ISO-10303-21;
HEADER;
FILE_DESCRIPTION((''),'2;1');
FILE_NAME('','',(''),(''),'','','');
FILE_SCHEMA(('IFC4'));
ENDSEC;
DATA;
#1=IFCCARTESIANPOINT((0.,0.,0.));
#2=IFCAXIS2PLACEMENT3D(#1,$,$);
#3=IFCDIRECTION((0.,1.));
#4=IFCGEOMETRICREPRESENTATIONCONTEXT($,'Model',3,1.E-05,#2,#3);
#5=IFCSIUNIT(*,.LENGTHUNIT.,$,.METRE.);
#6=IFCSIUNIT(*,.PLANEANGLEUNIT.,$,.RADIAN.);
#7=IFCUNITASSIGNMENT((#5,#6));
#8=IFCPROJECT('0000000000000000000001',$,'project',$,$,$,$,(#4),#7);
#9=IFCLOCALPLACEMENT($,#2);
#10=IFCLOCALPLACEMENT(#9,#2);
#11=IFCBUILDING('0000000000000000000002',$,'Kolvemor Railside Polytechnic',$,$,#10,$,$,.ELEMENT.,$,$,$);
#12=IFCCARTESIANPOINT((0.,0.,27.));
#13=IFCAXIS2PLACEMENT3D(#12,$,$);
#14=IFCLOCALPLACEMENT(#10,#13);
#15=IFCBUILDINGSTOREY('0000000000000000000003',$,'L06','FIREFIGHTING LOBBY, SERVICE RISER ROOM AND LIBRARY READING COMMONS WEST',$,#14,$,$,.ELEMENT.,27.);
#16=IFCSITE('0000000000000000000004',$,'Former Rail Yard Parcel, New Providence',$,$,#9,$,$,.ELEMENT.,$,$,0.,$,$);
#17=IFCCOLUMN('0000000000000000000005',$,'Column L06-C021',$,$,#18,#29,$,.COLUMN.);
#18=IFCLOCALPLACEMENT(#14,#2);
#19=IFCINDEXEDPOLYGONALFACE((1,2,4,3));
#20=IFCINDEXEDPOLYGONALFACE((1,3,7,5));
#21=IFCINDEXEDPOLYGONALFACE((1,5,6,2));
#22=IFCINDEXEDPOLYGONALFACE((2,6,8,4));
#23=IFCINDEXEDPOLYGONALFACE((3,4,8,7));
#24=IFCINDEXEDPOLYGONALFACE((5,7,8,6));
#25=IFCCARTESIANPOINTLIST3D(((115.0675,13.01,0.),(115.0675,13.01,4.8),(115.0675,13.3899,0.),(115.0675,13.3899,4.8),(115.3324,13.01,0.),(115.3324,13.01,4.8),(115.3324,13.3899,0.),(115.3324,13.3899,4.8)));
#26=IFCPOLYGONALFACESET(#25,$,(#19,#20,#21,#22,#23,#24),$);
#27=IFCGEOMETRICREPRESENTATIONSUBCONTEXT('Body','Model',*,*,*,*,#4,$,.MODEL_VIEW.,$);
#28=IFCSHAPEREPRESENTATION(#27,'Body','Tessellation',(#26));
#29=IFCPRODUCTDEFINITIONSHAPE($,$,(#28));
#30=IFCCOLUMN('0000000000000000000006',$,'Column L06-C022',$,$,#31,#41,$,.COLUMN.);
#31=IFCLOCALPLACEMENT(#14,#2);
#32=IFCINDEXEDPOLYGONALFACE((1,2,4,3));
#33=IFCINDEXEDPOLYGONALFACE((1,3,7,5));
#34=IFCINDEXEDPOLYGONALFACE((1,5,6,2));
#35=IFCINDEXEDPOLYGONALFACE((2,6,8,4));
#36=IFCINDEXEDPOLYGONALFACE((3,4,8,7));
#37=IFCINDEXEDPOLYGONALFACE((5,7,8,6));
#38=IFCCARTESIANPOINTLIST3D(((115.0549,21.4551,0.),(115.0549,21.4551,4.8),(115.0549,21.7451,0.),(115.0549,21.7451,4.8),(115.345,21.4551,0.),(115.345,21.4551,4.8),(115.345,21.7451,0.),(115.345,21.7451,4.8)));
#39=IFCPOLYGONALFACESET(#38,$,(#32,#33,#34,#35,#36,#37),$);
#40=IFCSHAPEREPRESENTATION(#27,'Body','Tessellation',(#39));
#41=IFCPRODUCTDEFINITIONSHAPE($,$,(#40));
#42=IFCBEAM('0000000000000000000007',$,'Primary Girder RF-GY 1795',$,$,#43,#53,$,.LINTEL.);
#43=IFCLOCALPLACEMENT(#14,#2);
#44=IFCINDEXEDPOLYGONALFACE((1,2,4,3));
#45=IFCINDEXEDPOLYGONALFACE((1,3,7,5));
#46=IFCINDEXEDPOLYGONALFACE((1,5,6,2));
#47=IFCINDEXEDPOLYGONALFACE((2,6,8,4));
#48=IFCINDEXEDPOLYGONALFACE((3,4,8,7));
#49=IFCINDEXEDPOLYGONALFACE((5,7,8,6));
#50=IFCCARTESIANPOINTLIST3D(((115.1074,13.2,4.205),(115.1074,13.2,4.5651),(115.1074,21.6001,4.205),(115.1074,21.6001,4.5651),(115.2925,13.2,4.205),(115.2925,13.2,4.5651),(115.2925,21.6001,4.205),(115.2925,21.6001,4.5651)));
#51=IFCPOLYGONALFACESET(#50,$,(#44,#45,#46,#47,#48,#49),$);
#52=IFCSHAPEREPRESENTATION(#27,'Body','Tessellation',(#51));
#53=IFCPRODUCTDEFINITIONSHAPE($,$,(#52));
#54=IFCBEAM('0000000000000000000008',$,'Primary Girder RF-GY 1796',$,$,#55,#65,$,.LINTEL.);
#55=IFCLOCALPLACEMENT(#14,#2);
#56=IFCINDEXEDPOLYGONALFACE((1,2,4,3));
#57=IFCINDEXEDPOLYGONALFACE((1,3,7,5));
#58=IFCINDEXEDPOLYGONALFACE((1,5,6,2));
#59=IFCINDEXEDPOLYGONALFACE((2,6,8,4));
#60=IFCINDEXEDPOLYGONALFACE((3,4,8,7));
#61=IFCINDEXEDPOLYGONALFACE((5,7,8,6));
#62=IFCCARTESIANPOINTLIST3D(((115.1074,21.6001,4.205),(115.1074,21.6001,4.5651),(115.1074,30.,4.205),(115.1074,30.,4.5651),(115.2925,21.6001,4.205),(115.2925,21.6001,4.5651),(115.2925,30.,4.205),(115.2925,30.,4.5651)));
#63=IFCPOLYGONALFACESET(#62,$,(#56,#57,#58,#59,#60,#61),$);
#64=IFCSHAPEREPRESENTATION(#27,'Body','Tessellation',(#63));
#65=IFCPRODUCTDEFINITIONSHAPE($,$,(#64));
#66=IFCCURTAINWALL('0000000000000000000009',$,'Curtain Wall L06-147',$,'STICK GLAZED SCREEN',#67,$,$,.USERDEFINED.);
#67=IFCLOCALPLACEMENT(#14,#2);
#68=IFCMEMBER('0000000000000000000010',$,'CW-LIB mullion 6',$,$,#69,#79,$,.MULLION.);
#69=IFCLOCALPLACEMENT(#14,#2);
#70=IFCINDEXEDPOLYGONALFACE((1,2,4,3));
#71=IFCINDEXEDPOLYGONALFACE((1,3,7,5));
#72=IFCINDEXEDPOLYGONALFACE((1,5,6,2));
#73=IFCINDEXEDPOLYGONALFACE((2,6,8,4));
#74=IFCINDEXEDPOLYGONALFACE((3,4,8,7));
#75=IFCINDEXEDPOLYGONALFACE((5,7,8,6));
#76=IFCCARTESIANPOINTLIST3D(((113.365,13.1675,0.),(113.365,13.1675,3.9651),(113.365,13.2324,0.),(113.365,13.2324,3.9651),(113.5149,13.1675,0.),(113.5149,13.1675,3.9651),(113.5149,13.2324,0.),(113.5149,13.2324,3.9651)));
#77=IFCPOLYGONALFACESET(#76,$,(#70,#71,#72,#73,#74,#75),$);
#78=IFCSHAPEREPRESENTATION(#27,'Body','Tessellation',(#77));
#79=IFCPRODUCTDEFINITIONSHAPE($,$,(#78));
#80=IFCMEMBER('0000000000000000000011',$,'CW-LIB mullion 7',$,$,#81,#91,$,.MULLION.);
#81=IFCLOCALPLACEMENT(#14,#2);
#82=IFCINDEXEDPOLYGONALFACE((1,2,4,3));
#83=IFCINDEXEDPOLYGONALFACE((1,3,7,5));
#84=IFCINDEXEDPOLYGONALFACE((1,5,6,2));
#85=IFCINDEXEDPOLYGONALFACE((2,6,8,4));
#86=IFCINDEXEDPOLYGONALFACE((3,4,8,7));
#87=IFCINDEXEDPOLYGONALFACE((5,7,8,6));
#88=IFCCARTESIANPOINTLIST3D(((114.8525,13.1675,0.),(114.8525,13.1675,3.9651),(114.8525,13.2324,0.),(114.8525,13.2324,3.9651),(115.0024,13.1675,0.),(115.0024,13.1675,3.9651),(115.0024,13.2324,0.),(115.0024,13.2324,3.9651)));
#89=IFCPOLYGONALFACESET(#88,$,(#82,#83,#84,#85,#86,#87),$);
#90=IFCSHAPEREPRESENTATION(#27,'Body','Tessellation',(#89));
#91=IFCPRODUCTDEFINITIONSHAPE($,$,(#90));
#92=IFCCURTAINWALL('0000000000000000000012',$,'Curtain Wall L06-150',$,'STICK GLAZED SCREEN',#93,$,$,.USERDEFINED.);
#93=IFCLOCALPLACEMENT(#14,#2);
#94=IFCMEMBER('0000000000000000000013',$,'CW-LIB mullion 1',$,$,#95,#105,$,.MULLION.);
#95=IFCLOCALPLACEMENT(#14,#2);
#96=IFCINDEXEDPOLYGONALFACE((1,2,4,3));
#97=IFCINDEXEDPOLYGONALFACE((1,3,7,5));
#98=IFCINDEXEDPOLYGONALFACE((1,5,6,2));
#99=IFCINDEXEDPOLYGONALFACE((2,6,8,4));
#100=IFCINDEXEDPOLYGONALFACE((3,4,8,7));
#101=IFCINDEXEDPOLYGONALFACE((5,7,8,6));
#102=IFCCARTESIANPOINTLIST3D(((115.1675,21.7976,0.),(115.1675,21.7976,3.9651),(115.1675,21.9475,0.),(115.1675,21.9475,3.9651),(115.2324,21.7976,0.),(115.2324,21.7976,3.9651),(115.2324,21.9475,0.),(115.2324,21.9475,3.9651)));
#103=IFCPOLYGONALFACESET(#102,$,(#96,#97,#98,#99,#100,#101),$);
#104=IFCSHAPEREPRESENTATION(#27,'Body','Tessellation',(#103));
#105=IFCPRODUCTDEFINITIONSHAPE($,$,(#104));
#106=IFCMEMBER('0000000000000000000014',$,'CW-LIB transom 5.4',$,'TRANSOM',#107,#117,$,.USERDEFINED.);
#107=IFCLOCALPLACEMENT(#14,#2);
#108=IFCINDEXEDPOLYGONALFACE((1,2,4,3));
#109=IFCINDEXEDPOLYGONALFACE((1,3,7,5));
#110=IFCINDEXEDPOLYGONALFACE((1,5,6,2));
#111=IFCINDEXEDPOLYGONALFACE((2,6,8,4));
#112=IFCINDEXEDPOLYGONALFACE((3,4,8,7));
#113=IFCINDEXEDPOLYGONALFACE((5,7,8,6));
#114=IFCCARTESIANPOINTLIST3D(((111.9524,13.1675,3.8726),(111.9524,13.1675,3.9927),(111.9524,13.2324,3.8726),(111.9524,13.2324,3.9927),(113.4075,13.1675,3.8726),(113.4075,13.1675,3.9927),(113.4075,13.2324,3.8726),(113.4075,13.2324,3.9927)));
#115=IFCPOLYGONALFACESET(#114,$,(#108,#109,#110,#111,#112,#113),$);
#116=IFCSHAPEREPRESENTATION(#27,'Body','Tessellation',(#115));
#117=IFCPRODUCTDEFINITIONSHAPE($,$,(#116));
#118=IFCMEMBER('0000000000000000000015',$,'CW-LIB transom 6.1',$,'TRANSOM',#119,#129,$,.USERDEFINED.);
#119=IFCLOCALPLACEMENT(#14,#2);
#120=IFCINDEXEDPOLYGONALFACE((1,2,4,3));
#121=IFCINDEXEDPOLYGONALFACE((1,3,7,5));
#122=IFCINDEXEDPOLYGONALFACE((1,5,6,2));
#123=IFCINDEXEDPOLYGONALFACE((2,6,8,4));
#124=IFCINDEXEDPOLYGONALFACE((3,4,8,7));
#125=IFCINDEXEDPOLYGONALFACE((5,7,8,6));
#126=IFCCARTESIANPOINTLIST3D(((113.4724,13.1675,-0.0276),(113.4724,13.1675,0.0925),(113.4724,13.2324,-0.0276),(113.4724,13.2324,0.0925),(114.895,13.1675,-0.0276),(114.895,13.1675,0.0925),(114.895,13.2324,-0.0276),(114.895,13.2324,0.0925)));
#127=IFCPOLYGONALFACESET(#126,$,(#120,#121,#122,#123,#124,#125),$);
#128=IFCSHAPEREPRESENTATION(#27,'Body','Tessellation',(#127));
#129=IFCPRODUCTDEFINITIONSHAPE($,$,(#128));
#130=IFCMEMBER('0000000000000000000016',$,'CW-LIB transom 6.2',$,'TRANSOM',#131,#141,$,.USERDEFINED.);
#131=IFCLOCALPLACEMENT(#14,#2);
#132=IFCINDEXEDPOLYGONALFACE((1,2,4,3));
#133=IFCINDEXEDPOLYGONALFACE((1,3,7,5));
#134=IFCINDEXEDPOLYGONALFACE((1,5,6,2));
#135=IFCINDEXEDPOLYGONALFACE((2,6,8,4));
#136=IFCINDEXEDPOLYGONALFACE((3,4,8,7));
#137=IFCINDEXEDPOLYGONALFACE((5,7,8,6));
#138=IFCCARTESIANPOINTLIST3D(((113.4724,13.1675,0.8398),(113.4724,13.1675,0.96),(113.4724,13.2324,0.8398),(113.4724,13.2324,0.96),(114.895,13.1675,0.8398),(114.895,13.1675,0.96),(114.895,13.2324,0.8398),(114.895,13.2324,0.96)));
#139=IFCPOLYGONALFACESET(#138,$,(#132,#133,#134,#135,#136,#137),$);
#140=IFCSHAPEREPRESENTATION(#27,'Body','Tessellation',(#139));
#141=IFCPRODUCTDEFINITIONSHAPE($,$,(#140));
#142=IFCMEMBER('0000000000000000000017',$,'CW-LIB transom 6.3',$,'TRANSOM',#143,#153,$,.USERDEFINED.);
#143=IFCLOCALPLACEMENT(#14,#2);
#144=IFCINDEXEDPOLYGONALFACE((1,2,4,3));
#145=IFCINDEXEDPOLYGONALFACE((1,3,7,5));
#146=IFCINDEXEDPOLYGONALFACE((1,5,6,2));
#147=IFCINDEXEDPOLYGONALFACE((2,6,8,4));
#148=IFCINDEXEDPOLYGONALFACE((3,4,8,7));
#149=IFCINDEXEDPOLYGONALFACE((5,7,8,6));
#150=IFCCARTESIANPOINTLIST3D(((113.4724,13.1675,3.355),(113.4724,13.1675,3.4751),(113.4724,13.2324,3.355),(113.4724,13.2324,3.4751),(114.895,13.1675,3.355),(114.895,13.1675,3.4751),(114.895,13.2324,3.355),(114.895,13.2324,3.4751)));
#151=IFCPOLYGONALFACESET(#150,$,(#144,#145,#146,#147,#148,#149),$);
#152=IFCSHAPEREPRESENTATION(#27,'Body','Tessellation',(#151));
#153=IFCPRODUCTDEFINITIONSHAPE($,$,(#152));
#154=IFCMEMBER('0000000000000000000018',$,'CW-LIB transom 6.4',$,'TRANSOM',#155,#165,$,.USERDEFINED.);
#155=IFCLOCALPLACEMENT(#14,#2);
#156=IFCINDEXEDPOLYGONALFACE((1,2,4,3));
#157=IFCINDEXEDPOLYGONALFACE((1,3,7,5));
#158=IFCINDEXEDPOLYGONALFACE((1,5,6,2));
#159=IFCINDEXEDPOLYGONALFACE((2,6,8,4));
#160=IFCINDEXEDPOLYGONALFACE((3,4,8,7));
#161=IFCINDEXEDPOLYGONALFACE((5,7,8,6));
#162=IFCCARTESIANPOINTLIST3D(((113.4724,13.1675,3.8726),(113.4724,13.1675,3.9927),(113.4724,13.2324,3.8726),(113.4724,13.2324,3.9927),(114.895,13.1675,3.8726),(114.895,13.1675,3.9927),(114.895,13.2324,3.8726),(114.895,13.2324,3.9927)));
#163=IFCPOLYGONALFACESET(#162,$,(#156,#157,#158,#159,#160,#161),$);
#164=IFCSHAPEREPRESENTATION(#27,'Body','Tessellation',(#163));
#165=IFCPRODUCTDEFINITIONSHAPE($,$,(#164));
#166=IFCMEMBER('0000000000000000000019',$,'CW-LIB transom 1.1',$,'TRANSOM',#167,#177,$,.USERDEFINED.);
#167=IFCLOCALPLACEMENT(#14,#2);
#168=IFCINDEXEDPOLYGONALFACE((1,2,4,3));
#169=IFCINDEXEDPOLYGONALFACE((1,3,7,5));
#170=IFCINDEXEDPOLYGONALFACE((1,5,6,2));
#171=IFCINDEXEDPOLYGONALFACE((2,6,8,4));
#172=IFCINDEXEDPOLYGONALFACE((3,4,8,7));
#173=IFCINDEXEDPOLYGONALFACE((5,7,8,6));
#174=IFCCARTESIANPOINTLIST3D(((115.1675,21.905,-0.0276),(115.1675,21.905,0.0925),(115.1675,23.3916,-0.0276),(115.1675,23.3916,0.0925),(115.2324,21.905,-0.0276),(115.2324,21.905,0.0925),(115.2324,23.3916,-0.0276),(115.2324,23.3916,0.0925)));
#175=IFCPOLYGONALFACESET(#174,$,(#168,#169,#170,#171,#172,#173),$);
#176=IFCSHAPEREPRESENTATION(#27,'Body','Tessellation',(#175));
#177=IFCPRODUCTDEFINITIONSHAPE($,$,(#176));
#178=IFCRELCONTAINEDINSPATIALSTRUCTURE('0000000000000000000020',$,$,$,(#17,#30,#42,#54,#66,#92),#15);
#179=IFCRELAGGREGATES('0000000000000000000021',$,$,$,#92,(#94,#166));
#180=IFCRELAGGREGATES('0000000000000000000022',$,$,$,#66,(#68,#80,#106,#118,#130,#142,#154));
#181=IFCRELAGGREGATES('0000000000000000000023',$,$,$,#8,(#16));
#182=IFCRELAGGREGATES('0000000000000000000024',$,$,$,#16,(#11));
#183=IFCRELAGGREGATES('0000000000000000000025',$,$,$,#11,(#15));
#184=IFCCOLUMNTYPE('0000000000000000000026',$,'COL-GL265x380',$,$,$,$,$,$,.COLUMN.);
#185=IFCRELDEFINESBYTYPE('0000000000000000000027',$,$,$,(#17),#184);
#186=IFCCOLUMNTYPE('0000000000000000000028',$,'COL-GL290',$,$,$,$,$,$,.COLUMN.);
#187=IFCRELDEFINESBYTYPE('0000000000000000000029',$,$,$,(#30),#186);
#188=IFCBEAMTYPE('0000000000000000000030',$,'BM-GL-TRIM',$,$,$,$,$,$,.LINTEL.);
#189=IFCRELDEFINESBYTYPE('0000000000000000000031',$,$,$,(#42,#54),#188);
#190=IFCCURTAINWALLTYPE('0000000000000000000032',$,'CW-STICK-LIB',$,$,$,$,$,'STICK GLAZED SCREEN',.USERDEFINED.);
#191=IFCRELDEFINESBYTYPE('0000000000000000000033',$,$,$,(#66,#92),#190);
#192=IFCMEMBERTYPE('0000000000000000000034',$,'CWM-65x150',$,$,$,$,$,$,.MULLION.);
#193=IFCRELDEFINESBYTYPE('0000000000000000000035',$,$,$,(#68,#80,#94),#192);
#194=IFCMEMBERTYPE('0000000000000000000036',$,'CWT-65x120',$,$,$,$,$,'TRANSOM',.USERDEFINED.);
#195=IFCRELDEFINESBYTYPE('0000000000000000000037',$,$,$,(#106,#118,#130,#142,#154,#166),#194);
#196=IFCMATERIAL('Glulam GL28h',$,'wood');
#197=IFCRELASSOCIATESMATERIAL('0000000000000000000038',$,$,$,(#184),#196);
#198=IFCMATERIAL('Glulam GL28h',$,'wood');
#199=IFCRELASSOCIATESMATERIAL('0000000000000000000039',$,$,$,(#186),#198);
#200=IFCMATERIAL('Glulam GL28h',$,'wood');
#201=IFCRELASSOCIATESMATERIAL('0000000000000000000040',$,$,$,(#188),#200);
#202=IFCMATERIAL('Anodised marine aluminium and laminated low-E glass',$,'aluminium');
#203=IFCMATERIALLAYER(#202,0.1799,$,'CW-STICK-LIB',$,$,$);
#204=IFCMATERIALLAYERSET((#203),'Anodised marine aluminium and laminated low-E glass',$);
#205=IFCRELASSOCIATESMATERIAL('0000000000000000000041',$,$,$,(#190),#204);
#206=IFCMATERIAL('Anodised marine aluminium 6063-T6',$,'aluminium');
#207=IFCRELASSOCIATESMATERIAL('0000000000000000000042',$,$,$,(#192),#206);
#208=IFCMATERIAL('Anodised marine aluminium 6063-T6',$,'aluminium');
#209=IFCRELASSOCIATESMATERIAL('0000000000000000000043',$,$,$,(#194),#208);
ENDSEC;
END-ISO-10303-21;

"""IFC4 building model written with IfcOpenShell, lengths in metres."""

from ifc_helpers import new_model, si_unit, direction, frame, origin, origin_2d, place, context, subcontext, project, spatial, rectangle, extrude, material, layer, layer_set, material_profile, profile_set, type_object, element, aggregate, save


model = new_model("IFC4")

# Units and contexts
model_context = context("Model", 3, precision=1e-05, world=origin(), true_north=direction((0.0, 1.0)))
body_context = subcontext(model_context, "Body", "Model", "MODEL_VIEW")
ifc_project = project(units=[si_unit("LENGTHUNIT", "METRE"), si_unit("PLANEANGLEUNIT", "RADIAN")], contexts=[model_context])

# Site, building, storey
site_placement = place(None, origin())
site = spatial("IfcSite", under=ifc_project, at=site_placement, Name="Former Rail Yard Parcel, New Providence", CompositionType="ELEMENT", RefElevation=0.0)
building_placement = place(site_placement, origin())
building = spatial("IfcBuilding", under=site, at=building_placement, Name="Kolvemor Railside Polytechnic", CompositionType="ELEMENT")
storey_placement = place(building_placement, frame((0.0, 0.0, 27.0)))
storey = spatial("IfcBuildingStorey", under=building, at=storey_placement, Name="L06", Description="FIREFIGHTING LOBBY, SERVICE RISER ROOM AND LIBRARY READING COMMONS WEST", CompositionType="ELEMENT", Elevation=27.0)

# Columns
ifc_material_1 = material(Name="Glulam GL28h", Category="wood")
ifc_material_profile_1 = material_profile(ifc_material_1, rectangle(XDim=0.2649, YDim=0.3799, at=origin_2d()), Name="GL265x380")
ifc_profile_set_1 = profile_set([ifc_material_profile_1], Name="Glulam GL28h")
column_type_1 = type_object("IfcColumnType", Name="COL-GL265x380", PredefinedType="COLUMN", material=ifc_profile_set_1)
column_1_placement = place(storey_placement, frame((115.2, 13.2, 0.0), z_axis=(0.0, 0.0, 1.0), x_axis=(1.0, 0.0, 0.0)))
element("IfcColumn", 1, at=column_1_placement, inside=storey, type_object=column_type_1, Name="Column L06-C021", PredefinedType="COLUMN", context=body_context, shape_type="SweptSolid", body=[
    extrude(rectangle(XDim=0.2649, YDim=0.3799, at=origin_2d()), origin(), (0.0, 0.0, 1.0), 4.8),
])
ifc_material_2 = material(Name="Glulam GL28h", Category="wood")
ifc_material_profile_2 = material_profile(ifc_material_2, rectangle(XDim=0.29, YDim=0.29, at=origin_2d()), Name="GL290x290")
ifc_profile_set_2 = profile_set([ifc_material_profile_2], Name="Glulam GL28h")
column_type_2 = type_object("IfcColumnType", Name="COL-GL290", PredefinedType="COLUMN", material=ifc_profile_set_2)
column_2_placement = place(storey_placement, frame((115.2, 21.6001, 0.0), z_axis=(0.0, 0.0, 1.0), x_axis=(1.0, 0.0, 0.0)))
element("IfcColumn", 2, at=column_2_placement, inside=storey, type_object=column_type_2, Name="Column L06-C022", PredefinedType="COLUMN", context=body_context, shape_type="SweptSolid", body=[
    extrude(rectangle(XDim=0.29, YDim=0.29, at=origin_2d()), origin(), (0.0, 0.0, 1.0), 4.8),
])

# Beams
ifc_material_3 = material(Name="Glulam GL28h", Category="wood")
ifc_material_profile_3 = material_profile(ifc_material_3, rectangle(XDim=0.1851, YDim=0.3601, at=origin_2d()), Name="GL185x360")
ifc_profile_set_3 = profile_set([ifc_material_profile_3], Name="Glulam GL28h")
beam_type = type_object("IfcBeamType", Name="BM-GL-TRIM", PredefinedType="LINTEL", material=ifc_profile_set_3)
beam_1_placement = place(storey_placement, frame((115.2, 13.2, 4.385), z_axis=(0.0, 1.0, 0.0), x_axis=(-1.0, 0.0, 0.0)))
element("IfcBeam", 3, at=beam_1_placement, inside=storey, type_object=beam_type, Name="Primary Girder RF-GY 1795", PredefinedType="LINTEL", context=body_context, shape_type="SweptSolid", body=[
    extrude(rectangle(XDim=0.1851, YDim=0.3601, at=origin_2d()), origin(), (0.0, 0.0, 1.0), 8.4001),
])
beam_2_placement = place(storey_placement, frame((115.2, 21.6001, 4.385), z_axis=(0.0, 1.0, 0.0), x_axis=(-1.0, 0.0, 0.0)))
element("IfcBeam", 4, at=beam_2_placement, inside=storey, type_object=beam_type, Name="Primary Girder RF-GY 1796", PredefinedType="LINTEL", context=body_context, shape_type="SweptSolid", body=[
    extrude(rectangle(XDim=0.1851, YDim=0.3601, at=origin_2d()), origin(), (0.0, 0.0, 1.0), 8.3999),
])

# Curtain wall, members
ifc_material_4 = material(Name="Anodised marine aluminium and laminated low-E glass", Category="aluminium")
ifc_layer_1 = layer(ifc_material_4, 0.1799, Name="CW-STICK-LIB")
ifc_layer_set_1 = layer_set([ifc_layer_1], Name="Anodised marine aluminium and laminated low-E glass")
curtain_wall_type = type_object("IfcCurtainWallType", Name="CW-STICK-LIB", ElementType="STICK GLAZED SCREEN", PredefinedType="USERDEFINED", material=ifc_layer_set_1)
curtain_wall_1_placement = place(storey_placement, origin())
curtain_wall_1 = element("IfcCurtainWall", 5, at=curtain_wall_1_placement, inside=storey, type_object=curtain_wall_type, Name="Curtain Wall L06-147", ObjectType="STICK GLAZED SCREEN", PredefinedType="USERDEFINED")
ifc_material_5 = material(Name="Anodised marine aluminium 6063-T6", Category="aluminium")
ifc_material_profile_4 = material_profile(ifc_material_5, rectangle(XDim=0.0649, YDim=0.1499, at=origin_2d()), Name="CW-MUL-65x150")
ifc_profile_set_4 = profile_set([ifc_material_profile_4], Name="Anodised marine aluminium 6063-T6")
member_type_1 = type_object("IfcMemberType", Name="CWM-65x150", PredefinedType="MULLION", material=ifc_profile_set_4)
member_1_placement = place(storey_placement, frame((113.4399, 13.2, 0.0), z_axis=(0.0, 0.0, 1.0), x_axis=(0.0, 1.0, 0.0)))
member_1 = element("IfcMember", 6, at=member_1_placement, type_object=member_type_1, Name="CW-LIB mullion 6", PredefinedType="MULLION", context=body_context, shape_type="SweptSolid", body=[
    extrude(rectangle(XDim=0.0649, YDim=0.1499, at=origin_2d()), origin(), (0.0, 0.0, 1.0), 3.9651),
])
member_2_placement = place(storey_placement, frame((114.9275, 13.2, 0.0), z_axis=(0.0, 0.0, 1.0), x_axis=(0.0, 1.0, 0.0)))
member_2 = element("IfcMember", 7, at=member_2_placement, type_object=member_type_1, Name="CW-LIB mullion 7", PredefinedType="MULLION", context=body_context, shape_type="SweptSolid", body=[
    extrude(rectangle(XDim=0.0649, YDim=0.1499, at=origin_2d()), origin(), (0.0, 0.0, 1.0), 3.9651),
])

# Curtain wall, member
curtain_wall_2_placement = place(storey_placement, origin())
curtain_wall_2 = element("IfcCurtainWall", 8, at=curtain_wall_2_placement, inside=storey, type_object=curtain_wall_type, Name="Curtain Wall L06-150", ObjectType="STICK GLAZED SCREEN", PredefinedType="USERDEFINED")
member_3_placement = place(storey_placement, frame((115.2, 21.8726, 0.0), z_axis=(0.0, 0.0, 1.0), x_axis=(-1.0, 0.0, 0.0)))
member_3 = element("IfcMember", 9, at=member_3_placement, type_object=member_type_1, Name="CW-LIB mullion 1", PredefinedType="MULLION", context=body_context, shape_type="SweptSolid", body=[
    extrude(rectangle(XDim=0.0649, YDim=0.1499, at=origin_2d()), origin(), (0.0, 0.0, 1.0), 3.9651),
])

# Members
ifc_material_6 = material(Name="Anodised marine aluminium 6063-T6", Category="aluminium")
ifc_material_profile_5 = material_profile(ifc_material_6, rectangle(XDim=0.0649, YDim=0.1201, at=origin_2d()), Name="CW-TRN-65x120")
ifc_profile_set_5 = profile_set([ifc_material_profile_5], Name="Anodised marine aluminium 6063-T6")
member_type_2 = type_object("IfcMemberType", Name="CWT-65x120", ElementType="TRANSOM", PredefinedType="USERDEFINED", material=ifc_profile_set_5)
member_4_placement = place(storey_placement, frame((111.9524, 13.2, 3.9326), z_axis=(1.0, 0.0, 0.0), x_axis=(0.0, 1.0, 0.0)))
member_4 = element("IfcMember", 10, at=member_4_placement, type_object=member_type_2, Name="CW-LIB transom 5.4", ObjectType="TRANSOM", PredefinedType="USERDEFINED", context=body_context, shape_type="SweptSolid", body=[
    extrude(rectangle(XDim=0.0649, YDim=0.1201, at=origin_2d()), origin(), (0.0, 0.0, 1.0), 1.4551),
])
member_5_placement = place(storey_placement, frame((113.4724, 13.2, 0.0325), z_axis=(1.0, 0.0, 0.0), x_axis=(0.0, 1.0, 0.0)))
member_5 = element("IfcMember", 11, at=member_5_placement, type_object=member_type_2, Name="CW-LIB transom 6.1", ObjectType="TRANSOM", PredefinedType="USERDEFINED", context=body_context, shape_type="SweptSolid", body=[
    extrude(rectangle(XDim=0.0649, YDim=0.1201, at=origin_2d()), origin(), (0.0, 0.0, 1.0), 1.4226),
])
member_6_placement = place(storey_placement, frame((113.4724, 13.2, 0.8999), z_axis=(1.0, 0.0, 0.0), x_axis=(0.0, 1.0, 0.0)))
member_6 = element("IfcMember", 12, at=member_6_placement, type_object=member_type_2, Name="CW-LIB transom 6.2", ObjectType="TRANSOM", PredefinedType="USERDEFINED", context=body_context, shape_type="SweptSolid", body=[
    extrude(rectangle(XDim=0.0649, YDim=0.1201, at=origin_2d()), origin(), (0.0, 0.0, 1.0), 1.4226),
])
member_7_placement = place(storey_placement, frame((113.4724, 13.2, 3.415), z_axis=(1.0, 0.0, 0.0), x_axis=(0.0, 1.0, 0.0)))
member_7 = element("IfcMember", 13, at=member_7_placement, type_object=member_type_2, Name="CW-LIB transom 6.3", ObjectType="TRANSOM", PredefinedType="USERDEFINED", context=body_context, shape_type="SweptSolid", body=[
    extrude(rectangle(XDim=0.0649, YDim=0.1201, at=origin_2d()), origin(), (0.0, 0.0, 1.0), 1.4226),
])
member_8_placement = place(storey_placement, frame((113.4724, 13.2, 3.9326), z_axis=(1.0, 0.0, 0.0), x_axis=(0.0, 1.0, 0.0)))
member_8 = element("IfcMember", 14, at=member_8_placement, type_object=member_type_2, Name="CW-LIB transom 6.4", ObjectType="TRANSOM", PredefinedType="USERDEFINED", context=body_context, shape_type="SweptSolid", body=[
    extrude(rectangle(XDim=0.0649, YDim=0.1201, at=origin_2d()), origin(), (0.0, 0.0, 1.0), 1.4226),
])
member_9_placement = place(storey_placement, frame((115.2, 21.905, 0.0325), z_axis=(0.0, 1.0, 0.0), x_axis=(-1.0, 0.0, 0.0)))
member_9 = element("IfcMember", 15, at=member_9_placement, type_object=member_type_2, Name="CW-LIB transom 1.1", ObjectType="TRANSOM", PredefinedType="USERDEFINED", context=body_context, shape_type="SweptSolid", body=[
    extrude(rectangle(XDim=0.0649, YDim=0.1201, at=origin_2d()), origin(), (0.0, 0.0, 1.0), 1.4866),
])
aggregate(curtain_wall_2, [member_3, member_9])

aggregate(curtain_wall_1, [member_1, member_2, member_4, member_5, member_6, member_7, member_8])

save(model, "model.ifc")
